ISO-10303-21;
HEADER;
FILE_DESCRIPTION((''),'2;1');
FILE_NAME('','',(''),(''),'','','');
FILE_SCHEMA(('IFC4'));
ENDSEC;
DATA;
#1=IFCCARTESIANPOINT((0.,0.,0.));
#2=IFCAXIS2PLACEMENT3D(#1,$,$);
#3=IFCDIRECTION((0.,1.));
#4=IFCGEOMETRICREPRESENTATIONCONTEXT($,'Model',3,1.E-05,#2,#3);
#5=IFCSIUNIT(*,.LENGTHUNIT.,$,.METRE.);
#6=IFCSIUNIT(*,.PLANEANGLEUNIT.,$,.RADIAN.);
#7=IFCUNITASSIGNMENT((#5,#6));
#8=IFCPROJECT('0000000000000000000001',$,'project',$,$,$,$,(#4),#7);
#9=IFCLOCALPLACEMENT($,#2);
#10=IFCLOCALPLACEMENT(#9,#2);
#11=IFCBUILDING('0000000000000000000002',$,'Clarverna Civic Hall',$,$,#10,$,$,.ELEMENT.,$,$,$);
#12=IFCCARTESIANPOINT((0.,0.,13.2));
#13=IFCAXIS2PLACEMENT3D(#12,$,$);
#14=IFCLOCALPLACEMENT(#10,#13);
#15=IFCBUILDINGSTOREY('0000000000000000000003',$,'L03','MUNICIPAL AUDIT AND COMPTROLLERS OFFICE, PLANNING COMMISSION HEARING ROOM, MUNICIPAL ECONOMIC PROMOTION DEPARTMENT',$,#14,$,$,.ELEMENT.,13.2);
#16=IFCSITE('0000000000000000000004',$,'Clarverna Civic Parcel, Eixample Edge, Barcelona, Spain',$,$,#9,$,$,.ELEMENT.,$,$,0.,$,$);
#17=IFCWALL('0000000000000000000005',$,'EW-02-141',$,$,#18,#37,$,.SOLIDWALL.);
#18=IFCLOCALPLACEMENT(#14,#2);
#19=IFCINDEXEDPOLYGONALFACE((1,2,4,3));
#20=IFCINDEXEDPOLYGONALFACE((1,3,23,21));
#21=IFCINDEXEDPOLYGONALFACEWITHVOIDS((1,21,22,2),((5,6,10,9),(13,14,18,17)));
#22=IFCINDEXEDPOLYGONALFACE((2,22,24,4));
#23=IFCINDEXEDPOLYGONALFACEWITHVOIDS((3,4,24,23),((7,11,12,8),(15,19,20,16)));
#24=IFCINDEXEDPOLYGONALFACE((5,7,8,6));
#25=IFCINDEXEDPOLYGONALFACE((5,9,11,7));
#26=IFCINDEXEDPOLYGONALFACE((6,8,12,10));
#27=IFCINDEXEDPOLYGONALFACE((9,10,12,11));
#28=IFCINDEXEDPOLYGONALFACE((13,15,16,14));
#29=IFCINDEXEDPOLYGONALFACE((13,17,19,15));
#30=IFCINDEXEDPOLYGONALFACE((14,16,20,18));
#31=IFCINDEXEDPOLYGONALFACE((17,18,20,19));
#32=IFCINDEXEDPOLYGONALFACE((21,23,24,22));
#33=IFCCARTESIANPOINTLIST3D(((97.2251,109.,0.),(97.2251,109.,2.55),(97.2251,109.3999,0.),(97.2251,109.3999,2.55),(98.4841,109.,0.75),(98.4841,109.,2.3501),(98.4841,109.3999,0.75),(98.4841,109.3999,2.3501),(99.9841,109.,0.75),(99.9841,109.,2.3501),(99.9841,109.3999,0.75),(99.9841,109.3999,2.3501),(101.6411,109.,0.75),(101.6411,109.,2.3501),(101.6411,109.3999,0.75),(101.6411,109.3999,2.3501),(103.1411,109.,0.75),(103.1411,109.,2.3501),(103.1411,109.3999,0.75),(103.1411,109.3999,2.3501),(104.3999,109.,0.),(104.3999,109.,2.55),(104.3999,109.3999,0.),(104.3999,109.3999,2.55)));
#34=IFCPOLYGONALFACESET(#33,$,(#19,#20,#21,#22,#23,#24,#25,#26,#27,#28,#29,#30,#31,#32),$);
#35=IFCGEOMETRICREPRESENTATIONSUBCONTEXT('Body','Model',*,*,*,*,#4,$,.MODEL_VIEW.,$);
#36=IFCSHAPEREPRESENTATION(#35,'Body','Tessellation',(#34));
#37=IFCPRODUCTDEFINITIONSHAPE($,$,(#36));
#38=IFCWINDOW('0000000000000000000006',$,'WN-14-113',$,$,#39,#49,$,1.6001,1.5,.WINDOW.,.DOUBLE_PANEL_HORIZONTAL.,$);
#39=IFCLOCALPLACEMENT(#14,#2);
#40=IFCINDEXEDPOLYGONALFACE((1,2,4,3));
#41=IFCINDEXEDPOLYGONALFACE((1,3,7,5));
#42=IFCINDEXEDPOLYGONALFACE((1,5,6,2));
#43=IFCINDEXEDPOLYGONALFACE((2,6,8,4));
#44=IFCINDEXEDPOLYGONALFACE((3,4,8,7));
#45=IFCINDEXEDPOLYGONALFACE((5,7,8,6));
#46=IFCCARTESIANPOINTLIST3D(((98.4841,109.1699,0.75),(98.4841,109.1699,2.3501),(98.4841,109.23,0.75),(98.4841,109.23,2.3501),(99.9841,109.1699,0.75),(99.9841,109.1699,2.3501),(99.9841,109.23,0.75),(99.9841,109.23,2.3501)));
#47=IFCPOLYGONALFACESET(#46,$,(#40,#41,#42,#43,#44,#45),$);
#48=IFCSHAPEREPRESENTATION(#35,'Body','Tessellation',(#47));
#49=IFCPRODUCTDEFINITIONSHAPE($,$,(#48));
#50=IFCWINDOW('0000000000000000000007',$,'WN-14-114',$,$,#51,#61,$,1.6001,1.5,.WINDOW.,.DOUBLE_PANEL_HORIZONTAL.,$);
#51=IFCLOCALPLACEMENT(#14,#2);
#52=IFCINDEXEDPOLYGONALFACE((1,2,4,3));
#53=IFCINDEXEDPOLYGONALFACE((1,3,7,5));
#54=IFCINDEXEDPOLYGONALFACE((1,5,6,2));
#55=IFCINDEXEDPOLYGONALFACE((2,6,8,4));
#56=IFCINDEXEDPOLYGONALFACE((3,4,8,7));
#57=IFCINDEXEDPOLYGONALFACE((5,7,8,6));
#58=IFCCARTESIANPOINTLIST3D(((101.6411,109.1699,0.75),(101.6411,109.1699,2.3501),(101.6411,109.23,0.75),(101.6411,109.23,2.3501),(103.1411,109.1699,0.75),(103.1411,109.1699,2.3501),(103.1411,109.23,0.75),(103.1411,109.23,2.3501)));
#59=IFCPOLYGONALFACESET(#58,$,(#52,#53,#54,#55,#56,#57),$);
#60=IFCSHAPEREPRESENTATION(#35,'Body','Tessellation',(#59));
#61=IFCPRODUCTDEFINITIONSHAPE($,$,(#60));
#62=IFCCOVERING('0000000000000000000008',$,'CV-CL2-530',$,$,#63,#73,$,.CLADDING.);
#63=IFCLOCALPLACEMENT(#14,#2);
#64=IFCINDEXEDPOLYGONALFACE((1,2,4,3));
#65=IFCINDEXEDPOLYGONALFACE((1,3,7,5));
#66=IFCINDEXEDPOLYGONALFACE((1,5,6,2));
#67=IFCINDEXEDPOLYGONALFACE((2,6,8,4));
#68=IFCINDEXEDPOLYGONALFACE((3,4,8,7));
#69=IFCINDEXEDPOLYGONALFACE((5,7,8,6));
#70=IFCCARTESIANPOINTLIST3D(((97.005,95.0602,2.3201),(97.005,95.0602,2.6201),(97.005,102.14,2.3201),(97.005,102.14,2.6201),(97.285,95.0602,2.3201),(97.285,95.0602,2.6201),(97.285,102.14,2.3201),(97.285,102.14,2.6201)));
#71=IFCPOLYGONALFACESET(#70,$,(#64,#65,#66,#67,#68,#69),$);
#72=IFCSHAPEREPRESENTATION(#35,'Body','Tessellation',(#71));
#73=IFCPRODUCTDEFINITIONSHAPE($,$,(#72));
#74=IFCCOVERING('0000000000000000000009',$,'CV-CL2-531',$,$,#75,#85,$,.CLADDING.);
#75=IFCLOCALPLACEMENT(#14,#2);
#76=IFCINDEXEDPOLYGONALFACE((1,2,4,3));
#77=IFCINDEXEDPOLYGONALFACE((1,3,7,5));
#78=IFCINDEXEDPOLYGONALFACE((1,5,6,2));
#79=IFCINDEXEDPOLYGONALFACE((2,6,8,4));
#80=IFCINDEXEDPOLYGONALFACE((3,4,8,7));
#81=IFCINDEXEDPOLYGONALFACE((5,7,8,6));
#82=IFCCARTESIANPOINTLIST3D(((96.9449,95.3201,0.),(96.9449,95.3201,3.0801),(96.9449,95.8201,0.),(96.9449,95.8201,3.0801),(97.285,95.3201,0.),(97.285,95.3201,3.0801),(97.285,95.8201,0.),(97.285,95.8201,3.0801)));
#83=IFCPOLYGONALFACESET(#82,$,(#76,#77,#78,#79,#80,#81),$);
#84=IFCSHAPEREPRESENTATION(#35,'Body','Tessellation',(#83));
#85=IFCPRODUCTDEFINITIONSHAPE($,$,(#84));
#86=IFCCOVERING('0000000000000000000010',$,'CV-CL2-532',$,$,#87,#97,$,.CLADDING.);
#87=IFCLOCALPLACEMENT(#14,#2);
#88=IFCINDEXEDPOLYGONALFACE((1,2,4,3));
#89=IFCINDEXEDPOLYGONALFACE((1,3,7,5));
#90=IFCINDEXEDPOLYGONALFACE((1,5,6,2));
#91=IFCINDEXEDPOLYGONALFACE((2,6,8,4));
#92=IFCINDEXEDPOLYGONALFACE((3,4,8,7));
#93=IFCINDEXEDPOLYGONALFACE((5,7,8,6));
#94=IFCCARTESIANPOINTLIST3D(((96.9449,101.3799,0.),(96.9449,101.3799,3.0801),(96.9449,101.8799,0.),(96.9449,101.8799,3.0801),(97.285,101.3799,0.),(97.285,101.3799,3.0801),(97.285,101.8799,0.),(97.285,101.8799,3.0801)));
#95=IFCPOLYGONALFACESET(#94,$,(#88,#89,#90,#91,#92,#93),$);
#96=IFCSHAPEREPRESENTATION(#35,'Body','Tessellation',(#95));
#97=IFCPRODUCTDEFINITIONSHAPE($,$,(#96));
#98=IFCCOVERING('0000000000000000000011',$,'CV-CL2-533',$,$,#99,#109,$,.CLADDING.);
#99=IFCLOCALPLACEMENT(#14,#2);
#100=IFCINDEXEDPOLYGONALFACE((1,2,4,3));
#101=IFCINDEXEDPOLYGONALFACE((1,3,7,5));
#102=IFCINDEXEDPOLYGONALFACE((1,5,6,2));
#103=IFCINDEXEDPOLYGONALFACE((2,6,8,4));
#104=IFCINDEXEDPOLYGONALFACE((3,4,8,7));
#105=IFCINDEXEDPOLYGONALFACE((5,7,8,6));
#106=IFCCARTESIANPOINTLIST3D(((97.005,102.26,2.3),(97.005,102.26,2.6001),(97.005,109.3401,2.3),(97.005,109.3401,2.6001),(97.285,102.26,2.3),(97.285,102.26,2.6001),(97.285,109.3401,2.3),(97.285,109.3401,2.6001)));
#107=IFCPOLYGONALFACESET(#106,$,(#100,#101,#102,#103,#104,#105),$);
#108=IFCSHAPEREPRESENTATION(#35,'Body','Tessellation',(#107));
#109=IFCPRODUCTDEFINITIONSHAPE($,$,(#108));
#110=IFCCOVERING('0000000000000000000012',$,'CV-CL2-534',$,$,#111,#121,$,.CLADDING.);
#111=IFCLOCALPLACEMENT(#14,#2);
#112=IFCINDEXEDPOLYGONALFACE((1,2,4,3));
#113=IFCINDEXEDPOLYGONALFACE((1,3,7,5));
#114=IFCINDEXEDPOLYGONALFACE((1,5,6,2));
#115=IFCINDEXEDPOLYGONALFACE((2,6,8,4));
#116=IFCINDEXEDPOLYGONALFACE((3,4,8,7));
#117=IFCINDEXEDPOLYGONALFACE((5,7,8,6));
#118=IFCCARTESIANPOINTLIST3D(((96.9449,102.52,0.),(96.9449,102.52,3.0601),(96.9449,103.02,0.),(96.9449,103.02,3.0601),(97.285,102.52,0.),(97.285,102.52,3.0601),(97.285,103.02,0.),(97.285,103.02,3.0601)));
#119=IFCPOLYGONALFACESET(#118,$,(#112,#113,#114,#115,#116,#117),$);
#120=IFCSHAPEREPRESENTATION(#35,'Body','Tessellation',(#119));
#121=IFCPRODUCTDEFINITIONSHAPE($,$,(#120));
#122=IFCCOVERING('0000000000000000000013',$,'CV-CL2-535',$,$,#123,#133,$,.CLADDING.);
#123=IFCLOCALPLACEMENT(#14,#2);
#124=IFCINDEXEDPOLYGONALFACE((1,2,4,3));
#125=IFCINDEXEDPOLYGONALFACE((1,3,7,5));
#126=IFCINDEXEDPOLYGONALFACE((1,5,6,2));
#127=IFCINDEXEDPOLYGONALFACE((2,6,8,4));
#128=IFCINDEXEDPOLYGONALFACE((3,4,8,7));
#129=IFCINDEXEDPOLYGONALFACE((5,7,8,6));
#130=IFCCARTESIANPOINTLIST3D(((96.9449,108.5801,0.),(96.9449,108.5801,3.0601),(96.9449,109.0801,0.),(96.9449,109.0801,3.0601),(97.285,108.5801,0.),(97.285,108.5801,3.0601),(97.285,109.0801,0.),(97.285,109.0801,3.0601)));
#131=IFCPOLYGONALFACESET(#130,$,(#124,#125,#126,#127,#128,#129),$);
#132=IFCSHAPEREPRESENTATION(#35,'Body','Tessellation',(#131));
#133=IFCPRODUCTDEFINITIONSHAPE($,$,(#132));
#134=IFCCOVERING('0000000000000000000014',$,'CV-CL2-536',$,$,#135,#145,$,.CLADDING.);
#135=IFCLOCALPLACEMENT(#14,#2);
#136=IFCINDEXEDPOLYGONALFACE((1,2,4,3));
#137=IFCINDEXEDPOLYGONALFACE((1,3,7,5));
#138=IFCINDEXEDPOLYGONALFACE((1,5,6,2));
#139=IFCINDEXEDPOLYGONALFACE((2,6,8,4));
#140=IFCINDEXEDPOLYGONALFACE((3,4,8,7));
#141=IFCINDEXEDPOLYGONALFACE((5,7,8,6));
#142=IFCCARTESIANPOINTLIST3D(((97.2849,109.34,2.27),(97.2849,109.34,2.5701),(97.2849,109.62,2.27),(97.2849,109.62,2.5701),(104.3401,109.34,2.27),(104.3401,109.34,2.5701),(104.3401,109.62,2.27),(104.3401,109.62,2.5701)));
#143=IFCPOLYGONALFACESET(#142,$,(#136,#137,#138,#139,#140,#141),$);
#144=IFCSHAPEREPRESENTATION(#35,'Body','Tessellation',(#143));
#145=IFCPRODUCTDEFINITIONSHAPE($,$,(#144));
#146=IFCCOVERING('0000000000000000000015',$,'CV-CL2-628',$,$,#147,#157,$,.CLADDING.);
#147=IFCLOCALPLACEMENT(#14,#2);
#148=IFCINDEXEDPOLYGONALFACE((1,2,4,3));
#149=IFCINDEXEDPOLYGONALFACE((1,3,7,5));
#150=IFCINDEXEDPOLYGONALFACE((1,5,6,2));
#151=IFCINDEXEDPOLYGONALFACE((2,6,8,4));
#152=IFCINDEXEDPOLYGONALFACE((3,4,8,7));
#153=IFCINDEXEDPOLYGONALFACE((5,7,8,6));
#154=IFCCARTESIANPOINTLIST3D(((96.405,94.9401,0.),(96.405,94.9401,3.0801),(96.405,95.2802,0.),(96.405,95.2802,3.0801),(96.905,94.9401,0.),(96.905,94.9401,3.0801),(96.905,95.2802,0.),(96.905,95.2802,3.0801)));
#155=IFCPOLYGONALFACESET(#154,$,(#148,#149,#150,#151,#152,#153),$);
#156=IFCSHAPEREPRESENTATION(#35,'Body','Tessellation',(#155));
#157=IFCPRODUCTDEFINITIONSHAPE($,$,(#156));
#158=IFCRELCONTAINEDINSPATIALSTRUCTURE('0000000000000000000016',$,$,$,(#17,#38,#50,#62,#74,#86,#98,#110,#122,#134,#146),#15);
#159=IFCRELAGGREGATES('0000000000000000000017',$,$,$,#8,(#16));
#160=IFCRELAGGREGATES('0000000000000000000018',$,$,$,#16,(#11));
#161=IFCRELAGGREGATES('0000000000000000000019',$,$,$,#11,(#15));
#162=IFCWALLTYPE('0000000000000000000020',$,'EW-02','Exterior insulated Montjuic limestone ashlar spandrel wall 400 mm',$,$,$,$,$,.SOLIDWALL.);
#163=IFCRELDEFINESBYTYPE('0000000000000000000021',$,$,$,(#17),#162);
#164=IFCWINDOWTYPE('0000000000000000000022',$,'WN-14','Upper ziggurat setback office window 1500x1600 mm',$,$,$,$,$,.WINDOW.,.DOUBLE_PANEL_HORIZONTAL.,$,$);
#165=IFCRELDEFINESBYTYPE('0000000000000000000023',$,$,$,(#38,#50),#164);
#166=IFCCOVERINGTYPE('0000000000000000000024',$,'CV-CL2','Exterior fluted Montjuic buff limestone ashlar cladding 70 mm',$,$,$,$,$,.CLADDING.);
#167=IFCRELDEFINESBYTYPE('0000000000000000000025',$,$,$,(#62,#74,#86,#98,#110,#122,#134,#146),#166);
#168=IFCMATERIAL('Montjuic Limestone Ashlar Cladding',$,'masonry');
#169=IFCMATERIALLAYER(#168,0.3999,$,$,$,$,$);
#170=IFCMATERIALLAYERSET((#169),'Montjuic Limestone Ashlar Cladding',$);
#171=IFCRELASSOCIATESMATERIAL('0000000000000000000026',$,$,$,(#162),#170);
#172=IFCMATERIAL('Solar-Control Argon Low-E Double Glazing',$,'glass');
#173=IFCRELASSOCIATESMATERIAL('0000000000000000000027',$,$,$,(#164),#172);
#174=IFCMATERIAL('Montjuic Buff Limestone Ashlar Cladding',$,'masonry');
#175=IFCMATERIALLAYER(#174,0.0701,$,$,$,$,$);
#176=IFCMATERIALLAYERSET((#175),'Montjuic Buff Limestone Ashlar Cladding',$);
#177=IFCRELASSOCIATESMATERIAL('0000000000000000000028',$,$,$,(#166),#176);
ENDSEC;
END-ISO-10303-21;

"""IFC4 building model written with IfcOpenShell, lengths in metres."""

from ifc_helpers import new_model, si_unit, direction, frame, frame_2d, origin, place, context, subcontext, project, spatial, rectangle, extrude, material, layer, layer_set, type_object, element, fill, save


model = new_model("IFC4")

# Units and contexts
model_context = context("Model", 3, precision=1e-05, world=origin(), true_north=direction((0.0, 1.0)))
body_context = subcontext(model_context, "Body", "Model", "MODEL_VIEW")
ifc_project = project(units=[si_unit("LENGTHUNIT", "METRE"), si_unit("PLANEANGLEUNIT", "RADIAN")], contexts=[model_context])

# Site, building, storey
site_placement = place(None, origin())
site = spatial("IfcSite", under=ifc_project, at=site_placement, Name="Clarverna Civic Parcel, Eixample Edge, Barcelona, Spain", CompositionType="ELEMENT", RefElevation=0.0)
building_placement = place(site_placement, origin())
building = spatial("IfcBuilding", under=site, at=building_placement, Name="Clarverna Civic Hall", CompositionType="ELEMENT")
storey_placement = place(building_placement, frame((0.0, 0.0, 13.2)))
storey = spatial("IfcBuildingStorey", under=building, at=storey_placement, Name="L03", Description="MUNICIPAL AUDIT AND COMPTROLLERS OFFICE, PLANNING COMMISSION HEARING ROOM, MUNICIPAL ECONOMIC PROMOTION DEPARTMENT", CompositionType="ELEMENT", Elevation=13.2)

# Wall, openings, windows
ifc_material_1 = material(Name="Montjuic Limestone Ashlar Cladding", Category="masonry")
ifc_layer_1 = layer(ifc_material_1, 0.3999)
ifc_layer_set_1 = layer_set([ifc_layer_1], Name="Montjuic Limestone Ashlar Cladding")
wall_type = type_object("IfcWallType", Name="EW-02", Description="Exterior insulated Montjuic limestone ashlar spandrel wall 400 mm", PredefinedType="SOLIDWALL", material=ifc_layer_set_1)
ifc_material_2 = material(Name="Solar-Control Argon Low-E Double Glazing", Category="glass")
window_type = type_object("IfcWindowType", Name="WN-14", Description="Upper ziggurat setback office window 1500x1600 mm", PartitioningType="DOUBLE_PANEL_HORIZONTAL", PredefinedType="WINDOW", material=ifc_material_2)
wall_1_placement = place(storey_placement, frame((97.2251, 109.2, 0.0), z_axis=(0.0, 0.0, 1.0), x_axis=(1.0, 0.0, 0.0)))
wall_1 = element("IfcWall", 1, at=wall_1_placement, inside=storey, type_object=wall_type, Name="EW-02-141", PredefinedType="SOLIDWALL", context=body_context, shape_type="SweptSolid", body=[
    extrude(rectangle(XDim=7.1748, YDim=0.3999, at=frame_2d((3.5874, 0.0))), origin(), (0.0, 0.0, 1.0), 2.55),
])
opening_1_placement = place(wall_1_placement, frame((1.259, 0.0, 0.75)))
opening_1 = element("IfcOpeningElement", 2, at=opening_1_placement, cuts=wall_1, PredefinedType="OPENING", context=body_context, shape_type="SweptSolid", body=[
    extrude(rectangle(XDim=1.5, YDim=1.6001, at=frame_2d((0.75, 0.8))), frame((0.0, 0.21, 0.0), z_axis=(0.0, -1.0, 0.0), x_axis=(1.0, 0.0, 0.0)), (0.0, 0.0, 1.0), 0.4199),
])
opening_2_placement = place(wall_1_placement, frame((4.416, 0.0, 0.75)))
opening_2 = element("IfcOpeningElement", 3, at=opening_2_placement, cuts=wall_1, PredefinedType="OPENING", context=body_context, shape_type="SweptSolid", body=[
    extrude(rectangle(XDim=1.5, YDim=1.6001, at=frame_2d((0.75, 0.8))), frame((0.0, 0.21, 0.0), z_axis=(0.0, -1.0, 0.0), x_axis=(1.0, 0.0, 0.0)), (0.0, 0.0, 1.0), 0.4199),
])
window_1_placement = place(opening_1_placement, origin())
window_1 = element("IfcWindow", 4, at=window_1_placement, inside=storey, type_object=window_type, Name="WN-14-113", OverallHeight=1.6001, OverallWidth=1.5, PartitioningType="DOUBLE_PANEL_HORIZONTAL", PredefinedType="WINDOW", context=body_context, shape_type="SweptSolid", body=[
    extrude(rectangle(XDim=1.5, YDim=1.6001, at=frame_2d((0.75, 0.8))), frame((0.0, 0.03, 0.0), z_axis=(0.0, -1.0, 0.0), x_axis=(1.0, 0.0, 0.0)), (0.0, 0.0, 1.0), 0.0601),
])
fill(opening_1, window_1)
window_2_placement = place(opening_2_placement, origin())
window_2 = element("IfcWindow", 5, at=window_2_placement, inside=storey, type_object=window_type, Name="WN-14-114", OverallHeight=1.6001, OverallWidth=1.5, PartitioningType="DOUBLE_PANEL_HORIZONTAL", PredefinedType="WINDOW", context=body_context, shape_type="SweptSolid", body=[
    extrude(rectangle(XDim=1.5, YDim=1.6001, at=frame_2d((0.75, 0.8))), frame((0.0, 0.03, 0.0), z_axis=(0.0, -1.0, 0.0), x_axis=(1.0, 0.0, 0.0)), (0.0, 0.0, 1.0), 0.0601),
])
fill(opening_2, window_2)

# Coverings
ifc_material_3 = material(Name="Montjuic Buff Limestone Ashlar Cladding", Category="masonry")
ifc_layer_2 = layer(ifc_material_3, 0.0701)
ifc_layer_set_2 = layer_set([ifc_layer_2], Name="Montjuic Buff Limestone Ashlar Cladding")
covering_type = type_object("IfcCoveringType", Name="CV-CL2", Description="Exterior fluted Montjuic buff limestone ashlar cladding 70 mm", PredefinedType="CLADDING", material=ifc_layer_set_2)
covering_1_placement = place(storey_placement, frame((97.145, 95.0601, 2.3201), z_axis=(0.0, 0.0, 1.0), x_axis=(0.0, 1.0, 0.0)))
element("IfcCovering", 6, at=covering_1_placement, inside=storey, type_object=covering_type, Name="CV-CL2-530", PredefinedType="CLADDING", context=body_context, shape_type="SweptSolid", body=[
    extrude(rectangle(XDim=7.0798, YDim=0.28, at=frame_2d((3.54, 0.0))), origin(), (0.0, 0.0, 1.0), 0.3),
])
for number, where, z_axis, x_axis, name in (
    (7, (97.115, 95.3201, 0.0), (0.0, 0.0, 1.0), (0.0, 1.0, 0.0), "CV-CL2-531"),
    (8, (97.115, 101.3799, 0.0), (0.0, 0.0, 1.0), (0.0, 1.0, 0.0), "CV-CL2-532"),
):
    element("IfcCovering", number, at=place(storey_placement, frame(where, z_axis=z_axis, x_axis=x_axis)), inside=storey, type_object=covering_type, Name=name, PredefinedType="CLADDING", context=body_context, shape_type="SweptSolid", body=[
        extrude(rectangle(XDim=0.5, YDim=0.3401, at=frame_2d((0.25, 0.0))), origin(), (0.0, 0.0, 1.0), 3.0801),
    ])
covering_2_placement = place(storey_placement, frame((97.145, 102.26, 2.3), z_axis=(0.0, 0.0, 1.0), x_axis=(0.0, 1.0, 0.0)))
element("IfcCovering", 9, at=covering_2_placement, inside=storey, type_object=covering_type, Name="CV-CL2-533", PredefinedType="CLADDING", context=body_context, shape_type="SweptSolid", body=[
    extrude(rectangle(XDim=7.0801, YDim=0.28, at=frame_2d((3.54, 0.0))), origin(), (0.0, 0.0, 1.0), 0.3),
])
for number, where, z_axis, x_axis, name in (
    (10, (97.115, 102.52, 0.0), (0.0, 0.0, 1.0), (0.0, 1.0, 0.0), "CV-CL2-534"),
    (11, (97.115, 108.5801, 0.0), (0.0, 0.0, 1.0), (0.0, 1.0, 0.0), "CV-CL2-535"),
):
    element("IfcCovering", number, at=place(storey_placement, frame(where, z_axis=z_axis, x_axis=x_axis)), inside=storey, type_object=covering_type, Name=name, PredefinedType="CLADDING", context=body_context, shape_type="SweptSolid", body=[
        extrude(rectangle(XDim=0.5, YDim=0.3401, at=frame_2d((0.25, 0.0))), origin(), (0.0, 0.0, 1.0), 3.0601),
    ])
covering_3_placement = place(storey_placement, frame((97.2849, 109.48, 2.27), z_axis=(0.0, 0.0, 1.0), x_axis=(1.0, 0.0, 0.0)))
element("IfcCovering", 12, at=covering_3_placement, inside=storey, type_object=covering_type, Name="CV-CL2-536", PredefinedType="CLADDING", context=body_context, shape_type="SweptSolid", body=[
    extrude(rectangle(XDim=7.0552, YDim=0.28, at=frame_2d((3.5276, 0.0))), origin(), (0.0, 0.0, 1.0), 0.3),
])
covering_4_placement = place(storey_placement, frame((96.405, 95.1101, 0.0), z_axis=(0.0, 0.0, 1.0), x_axis=(1.0, 0.0, 0.0)))
element("IfcCovering", 13, at=covering_4_placement, inside=storey, type_object=covering_type, Name="CV-CL2-628", PredefinedType="CLADDING", context=body_context, shape_type="SweptSolid", body=[
    extrude(rectangle(XDim=0.5, YDim=0.3401, at=frame_2d((0.25, 0.0))), origin(), (0.0, 0.0, 1.0), 3.0801),
])

save(model, "model.ifc")
